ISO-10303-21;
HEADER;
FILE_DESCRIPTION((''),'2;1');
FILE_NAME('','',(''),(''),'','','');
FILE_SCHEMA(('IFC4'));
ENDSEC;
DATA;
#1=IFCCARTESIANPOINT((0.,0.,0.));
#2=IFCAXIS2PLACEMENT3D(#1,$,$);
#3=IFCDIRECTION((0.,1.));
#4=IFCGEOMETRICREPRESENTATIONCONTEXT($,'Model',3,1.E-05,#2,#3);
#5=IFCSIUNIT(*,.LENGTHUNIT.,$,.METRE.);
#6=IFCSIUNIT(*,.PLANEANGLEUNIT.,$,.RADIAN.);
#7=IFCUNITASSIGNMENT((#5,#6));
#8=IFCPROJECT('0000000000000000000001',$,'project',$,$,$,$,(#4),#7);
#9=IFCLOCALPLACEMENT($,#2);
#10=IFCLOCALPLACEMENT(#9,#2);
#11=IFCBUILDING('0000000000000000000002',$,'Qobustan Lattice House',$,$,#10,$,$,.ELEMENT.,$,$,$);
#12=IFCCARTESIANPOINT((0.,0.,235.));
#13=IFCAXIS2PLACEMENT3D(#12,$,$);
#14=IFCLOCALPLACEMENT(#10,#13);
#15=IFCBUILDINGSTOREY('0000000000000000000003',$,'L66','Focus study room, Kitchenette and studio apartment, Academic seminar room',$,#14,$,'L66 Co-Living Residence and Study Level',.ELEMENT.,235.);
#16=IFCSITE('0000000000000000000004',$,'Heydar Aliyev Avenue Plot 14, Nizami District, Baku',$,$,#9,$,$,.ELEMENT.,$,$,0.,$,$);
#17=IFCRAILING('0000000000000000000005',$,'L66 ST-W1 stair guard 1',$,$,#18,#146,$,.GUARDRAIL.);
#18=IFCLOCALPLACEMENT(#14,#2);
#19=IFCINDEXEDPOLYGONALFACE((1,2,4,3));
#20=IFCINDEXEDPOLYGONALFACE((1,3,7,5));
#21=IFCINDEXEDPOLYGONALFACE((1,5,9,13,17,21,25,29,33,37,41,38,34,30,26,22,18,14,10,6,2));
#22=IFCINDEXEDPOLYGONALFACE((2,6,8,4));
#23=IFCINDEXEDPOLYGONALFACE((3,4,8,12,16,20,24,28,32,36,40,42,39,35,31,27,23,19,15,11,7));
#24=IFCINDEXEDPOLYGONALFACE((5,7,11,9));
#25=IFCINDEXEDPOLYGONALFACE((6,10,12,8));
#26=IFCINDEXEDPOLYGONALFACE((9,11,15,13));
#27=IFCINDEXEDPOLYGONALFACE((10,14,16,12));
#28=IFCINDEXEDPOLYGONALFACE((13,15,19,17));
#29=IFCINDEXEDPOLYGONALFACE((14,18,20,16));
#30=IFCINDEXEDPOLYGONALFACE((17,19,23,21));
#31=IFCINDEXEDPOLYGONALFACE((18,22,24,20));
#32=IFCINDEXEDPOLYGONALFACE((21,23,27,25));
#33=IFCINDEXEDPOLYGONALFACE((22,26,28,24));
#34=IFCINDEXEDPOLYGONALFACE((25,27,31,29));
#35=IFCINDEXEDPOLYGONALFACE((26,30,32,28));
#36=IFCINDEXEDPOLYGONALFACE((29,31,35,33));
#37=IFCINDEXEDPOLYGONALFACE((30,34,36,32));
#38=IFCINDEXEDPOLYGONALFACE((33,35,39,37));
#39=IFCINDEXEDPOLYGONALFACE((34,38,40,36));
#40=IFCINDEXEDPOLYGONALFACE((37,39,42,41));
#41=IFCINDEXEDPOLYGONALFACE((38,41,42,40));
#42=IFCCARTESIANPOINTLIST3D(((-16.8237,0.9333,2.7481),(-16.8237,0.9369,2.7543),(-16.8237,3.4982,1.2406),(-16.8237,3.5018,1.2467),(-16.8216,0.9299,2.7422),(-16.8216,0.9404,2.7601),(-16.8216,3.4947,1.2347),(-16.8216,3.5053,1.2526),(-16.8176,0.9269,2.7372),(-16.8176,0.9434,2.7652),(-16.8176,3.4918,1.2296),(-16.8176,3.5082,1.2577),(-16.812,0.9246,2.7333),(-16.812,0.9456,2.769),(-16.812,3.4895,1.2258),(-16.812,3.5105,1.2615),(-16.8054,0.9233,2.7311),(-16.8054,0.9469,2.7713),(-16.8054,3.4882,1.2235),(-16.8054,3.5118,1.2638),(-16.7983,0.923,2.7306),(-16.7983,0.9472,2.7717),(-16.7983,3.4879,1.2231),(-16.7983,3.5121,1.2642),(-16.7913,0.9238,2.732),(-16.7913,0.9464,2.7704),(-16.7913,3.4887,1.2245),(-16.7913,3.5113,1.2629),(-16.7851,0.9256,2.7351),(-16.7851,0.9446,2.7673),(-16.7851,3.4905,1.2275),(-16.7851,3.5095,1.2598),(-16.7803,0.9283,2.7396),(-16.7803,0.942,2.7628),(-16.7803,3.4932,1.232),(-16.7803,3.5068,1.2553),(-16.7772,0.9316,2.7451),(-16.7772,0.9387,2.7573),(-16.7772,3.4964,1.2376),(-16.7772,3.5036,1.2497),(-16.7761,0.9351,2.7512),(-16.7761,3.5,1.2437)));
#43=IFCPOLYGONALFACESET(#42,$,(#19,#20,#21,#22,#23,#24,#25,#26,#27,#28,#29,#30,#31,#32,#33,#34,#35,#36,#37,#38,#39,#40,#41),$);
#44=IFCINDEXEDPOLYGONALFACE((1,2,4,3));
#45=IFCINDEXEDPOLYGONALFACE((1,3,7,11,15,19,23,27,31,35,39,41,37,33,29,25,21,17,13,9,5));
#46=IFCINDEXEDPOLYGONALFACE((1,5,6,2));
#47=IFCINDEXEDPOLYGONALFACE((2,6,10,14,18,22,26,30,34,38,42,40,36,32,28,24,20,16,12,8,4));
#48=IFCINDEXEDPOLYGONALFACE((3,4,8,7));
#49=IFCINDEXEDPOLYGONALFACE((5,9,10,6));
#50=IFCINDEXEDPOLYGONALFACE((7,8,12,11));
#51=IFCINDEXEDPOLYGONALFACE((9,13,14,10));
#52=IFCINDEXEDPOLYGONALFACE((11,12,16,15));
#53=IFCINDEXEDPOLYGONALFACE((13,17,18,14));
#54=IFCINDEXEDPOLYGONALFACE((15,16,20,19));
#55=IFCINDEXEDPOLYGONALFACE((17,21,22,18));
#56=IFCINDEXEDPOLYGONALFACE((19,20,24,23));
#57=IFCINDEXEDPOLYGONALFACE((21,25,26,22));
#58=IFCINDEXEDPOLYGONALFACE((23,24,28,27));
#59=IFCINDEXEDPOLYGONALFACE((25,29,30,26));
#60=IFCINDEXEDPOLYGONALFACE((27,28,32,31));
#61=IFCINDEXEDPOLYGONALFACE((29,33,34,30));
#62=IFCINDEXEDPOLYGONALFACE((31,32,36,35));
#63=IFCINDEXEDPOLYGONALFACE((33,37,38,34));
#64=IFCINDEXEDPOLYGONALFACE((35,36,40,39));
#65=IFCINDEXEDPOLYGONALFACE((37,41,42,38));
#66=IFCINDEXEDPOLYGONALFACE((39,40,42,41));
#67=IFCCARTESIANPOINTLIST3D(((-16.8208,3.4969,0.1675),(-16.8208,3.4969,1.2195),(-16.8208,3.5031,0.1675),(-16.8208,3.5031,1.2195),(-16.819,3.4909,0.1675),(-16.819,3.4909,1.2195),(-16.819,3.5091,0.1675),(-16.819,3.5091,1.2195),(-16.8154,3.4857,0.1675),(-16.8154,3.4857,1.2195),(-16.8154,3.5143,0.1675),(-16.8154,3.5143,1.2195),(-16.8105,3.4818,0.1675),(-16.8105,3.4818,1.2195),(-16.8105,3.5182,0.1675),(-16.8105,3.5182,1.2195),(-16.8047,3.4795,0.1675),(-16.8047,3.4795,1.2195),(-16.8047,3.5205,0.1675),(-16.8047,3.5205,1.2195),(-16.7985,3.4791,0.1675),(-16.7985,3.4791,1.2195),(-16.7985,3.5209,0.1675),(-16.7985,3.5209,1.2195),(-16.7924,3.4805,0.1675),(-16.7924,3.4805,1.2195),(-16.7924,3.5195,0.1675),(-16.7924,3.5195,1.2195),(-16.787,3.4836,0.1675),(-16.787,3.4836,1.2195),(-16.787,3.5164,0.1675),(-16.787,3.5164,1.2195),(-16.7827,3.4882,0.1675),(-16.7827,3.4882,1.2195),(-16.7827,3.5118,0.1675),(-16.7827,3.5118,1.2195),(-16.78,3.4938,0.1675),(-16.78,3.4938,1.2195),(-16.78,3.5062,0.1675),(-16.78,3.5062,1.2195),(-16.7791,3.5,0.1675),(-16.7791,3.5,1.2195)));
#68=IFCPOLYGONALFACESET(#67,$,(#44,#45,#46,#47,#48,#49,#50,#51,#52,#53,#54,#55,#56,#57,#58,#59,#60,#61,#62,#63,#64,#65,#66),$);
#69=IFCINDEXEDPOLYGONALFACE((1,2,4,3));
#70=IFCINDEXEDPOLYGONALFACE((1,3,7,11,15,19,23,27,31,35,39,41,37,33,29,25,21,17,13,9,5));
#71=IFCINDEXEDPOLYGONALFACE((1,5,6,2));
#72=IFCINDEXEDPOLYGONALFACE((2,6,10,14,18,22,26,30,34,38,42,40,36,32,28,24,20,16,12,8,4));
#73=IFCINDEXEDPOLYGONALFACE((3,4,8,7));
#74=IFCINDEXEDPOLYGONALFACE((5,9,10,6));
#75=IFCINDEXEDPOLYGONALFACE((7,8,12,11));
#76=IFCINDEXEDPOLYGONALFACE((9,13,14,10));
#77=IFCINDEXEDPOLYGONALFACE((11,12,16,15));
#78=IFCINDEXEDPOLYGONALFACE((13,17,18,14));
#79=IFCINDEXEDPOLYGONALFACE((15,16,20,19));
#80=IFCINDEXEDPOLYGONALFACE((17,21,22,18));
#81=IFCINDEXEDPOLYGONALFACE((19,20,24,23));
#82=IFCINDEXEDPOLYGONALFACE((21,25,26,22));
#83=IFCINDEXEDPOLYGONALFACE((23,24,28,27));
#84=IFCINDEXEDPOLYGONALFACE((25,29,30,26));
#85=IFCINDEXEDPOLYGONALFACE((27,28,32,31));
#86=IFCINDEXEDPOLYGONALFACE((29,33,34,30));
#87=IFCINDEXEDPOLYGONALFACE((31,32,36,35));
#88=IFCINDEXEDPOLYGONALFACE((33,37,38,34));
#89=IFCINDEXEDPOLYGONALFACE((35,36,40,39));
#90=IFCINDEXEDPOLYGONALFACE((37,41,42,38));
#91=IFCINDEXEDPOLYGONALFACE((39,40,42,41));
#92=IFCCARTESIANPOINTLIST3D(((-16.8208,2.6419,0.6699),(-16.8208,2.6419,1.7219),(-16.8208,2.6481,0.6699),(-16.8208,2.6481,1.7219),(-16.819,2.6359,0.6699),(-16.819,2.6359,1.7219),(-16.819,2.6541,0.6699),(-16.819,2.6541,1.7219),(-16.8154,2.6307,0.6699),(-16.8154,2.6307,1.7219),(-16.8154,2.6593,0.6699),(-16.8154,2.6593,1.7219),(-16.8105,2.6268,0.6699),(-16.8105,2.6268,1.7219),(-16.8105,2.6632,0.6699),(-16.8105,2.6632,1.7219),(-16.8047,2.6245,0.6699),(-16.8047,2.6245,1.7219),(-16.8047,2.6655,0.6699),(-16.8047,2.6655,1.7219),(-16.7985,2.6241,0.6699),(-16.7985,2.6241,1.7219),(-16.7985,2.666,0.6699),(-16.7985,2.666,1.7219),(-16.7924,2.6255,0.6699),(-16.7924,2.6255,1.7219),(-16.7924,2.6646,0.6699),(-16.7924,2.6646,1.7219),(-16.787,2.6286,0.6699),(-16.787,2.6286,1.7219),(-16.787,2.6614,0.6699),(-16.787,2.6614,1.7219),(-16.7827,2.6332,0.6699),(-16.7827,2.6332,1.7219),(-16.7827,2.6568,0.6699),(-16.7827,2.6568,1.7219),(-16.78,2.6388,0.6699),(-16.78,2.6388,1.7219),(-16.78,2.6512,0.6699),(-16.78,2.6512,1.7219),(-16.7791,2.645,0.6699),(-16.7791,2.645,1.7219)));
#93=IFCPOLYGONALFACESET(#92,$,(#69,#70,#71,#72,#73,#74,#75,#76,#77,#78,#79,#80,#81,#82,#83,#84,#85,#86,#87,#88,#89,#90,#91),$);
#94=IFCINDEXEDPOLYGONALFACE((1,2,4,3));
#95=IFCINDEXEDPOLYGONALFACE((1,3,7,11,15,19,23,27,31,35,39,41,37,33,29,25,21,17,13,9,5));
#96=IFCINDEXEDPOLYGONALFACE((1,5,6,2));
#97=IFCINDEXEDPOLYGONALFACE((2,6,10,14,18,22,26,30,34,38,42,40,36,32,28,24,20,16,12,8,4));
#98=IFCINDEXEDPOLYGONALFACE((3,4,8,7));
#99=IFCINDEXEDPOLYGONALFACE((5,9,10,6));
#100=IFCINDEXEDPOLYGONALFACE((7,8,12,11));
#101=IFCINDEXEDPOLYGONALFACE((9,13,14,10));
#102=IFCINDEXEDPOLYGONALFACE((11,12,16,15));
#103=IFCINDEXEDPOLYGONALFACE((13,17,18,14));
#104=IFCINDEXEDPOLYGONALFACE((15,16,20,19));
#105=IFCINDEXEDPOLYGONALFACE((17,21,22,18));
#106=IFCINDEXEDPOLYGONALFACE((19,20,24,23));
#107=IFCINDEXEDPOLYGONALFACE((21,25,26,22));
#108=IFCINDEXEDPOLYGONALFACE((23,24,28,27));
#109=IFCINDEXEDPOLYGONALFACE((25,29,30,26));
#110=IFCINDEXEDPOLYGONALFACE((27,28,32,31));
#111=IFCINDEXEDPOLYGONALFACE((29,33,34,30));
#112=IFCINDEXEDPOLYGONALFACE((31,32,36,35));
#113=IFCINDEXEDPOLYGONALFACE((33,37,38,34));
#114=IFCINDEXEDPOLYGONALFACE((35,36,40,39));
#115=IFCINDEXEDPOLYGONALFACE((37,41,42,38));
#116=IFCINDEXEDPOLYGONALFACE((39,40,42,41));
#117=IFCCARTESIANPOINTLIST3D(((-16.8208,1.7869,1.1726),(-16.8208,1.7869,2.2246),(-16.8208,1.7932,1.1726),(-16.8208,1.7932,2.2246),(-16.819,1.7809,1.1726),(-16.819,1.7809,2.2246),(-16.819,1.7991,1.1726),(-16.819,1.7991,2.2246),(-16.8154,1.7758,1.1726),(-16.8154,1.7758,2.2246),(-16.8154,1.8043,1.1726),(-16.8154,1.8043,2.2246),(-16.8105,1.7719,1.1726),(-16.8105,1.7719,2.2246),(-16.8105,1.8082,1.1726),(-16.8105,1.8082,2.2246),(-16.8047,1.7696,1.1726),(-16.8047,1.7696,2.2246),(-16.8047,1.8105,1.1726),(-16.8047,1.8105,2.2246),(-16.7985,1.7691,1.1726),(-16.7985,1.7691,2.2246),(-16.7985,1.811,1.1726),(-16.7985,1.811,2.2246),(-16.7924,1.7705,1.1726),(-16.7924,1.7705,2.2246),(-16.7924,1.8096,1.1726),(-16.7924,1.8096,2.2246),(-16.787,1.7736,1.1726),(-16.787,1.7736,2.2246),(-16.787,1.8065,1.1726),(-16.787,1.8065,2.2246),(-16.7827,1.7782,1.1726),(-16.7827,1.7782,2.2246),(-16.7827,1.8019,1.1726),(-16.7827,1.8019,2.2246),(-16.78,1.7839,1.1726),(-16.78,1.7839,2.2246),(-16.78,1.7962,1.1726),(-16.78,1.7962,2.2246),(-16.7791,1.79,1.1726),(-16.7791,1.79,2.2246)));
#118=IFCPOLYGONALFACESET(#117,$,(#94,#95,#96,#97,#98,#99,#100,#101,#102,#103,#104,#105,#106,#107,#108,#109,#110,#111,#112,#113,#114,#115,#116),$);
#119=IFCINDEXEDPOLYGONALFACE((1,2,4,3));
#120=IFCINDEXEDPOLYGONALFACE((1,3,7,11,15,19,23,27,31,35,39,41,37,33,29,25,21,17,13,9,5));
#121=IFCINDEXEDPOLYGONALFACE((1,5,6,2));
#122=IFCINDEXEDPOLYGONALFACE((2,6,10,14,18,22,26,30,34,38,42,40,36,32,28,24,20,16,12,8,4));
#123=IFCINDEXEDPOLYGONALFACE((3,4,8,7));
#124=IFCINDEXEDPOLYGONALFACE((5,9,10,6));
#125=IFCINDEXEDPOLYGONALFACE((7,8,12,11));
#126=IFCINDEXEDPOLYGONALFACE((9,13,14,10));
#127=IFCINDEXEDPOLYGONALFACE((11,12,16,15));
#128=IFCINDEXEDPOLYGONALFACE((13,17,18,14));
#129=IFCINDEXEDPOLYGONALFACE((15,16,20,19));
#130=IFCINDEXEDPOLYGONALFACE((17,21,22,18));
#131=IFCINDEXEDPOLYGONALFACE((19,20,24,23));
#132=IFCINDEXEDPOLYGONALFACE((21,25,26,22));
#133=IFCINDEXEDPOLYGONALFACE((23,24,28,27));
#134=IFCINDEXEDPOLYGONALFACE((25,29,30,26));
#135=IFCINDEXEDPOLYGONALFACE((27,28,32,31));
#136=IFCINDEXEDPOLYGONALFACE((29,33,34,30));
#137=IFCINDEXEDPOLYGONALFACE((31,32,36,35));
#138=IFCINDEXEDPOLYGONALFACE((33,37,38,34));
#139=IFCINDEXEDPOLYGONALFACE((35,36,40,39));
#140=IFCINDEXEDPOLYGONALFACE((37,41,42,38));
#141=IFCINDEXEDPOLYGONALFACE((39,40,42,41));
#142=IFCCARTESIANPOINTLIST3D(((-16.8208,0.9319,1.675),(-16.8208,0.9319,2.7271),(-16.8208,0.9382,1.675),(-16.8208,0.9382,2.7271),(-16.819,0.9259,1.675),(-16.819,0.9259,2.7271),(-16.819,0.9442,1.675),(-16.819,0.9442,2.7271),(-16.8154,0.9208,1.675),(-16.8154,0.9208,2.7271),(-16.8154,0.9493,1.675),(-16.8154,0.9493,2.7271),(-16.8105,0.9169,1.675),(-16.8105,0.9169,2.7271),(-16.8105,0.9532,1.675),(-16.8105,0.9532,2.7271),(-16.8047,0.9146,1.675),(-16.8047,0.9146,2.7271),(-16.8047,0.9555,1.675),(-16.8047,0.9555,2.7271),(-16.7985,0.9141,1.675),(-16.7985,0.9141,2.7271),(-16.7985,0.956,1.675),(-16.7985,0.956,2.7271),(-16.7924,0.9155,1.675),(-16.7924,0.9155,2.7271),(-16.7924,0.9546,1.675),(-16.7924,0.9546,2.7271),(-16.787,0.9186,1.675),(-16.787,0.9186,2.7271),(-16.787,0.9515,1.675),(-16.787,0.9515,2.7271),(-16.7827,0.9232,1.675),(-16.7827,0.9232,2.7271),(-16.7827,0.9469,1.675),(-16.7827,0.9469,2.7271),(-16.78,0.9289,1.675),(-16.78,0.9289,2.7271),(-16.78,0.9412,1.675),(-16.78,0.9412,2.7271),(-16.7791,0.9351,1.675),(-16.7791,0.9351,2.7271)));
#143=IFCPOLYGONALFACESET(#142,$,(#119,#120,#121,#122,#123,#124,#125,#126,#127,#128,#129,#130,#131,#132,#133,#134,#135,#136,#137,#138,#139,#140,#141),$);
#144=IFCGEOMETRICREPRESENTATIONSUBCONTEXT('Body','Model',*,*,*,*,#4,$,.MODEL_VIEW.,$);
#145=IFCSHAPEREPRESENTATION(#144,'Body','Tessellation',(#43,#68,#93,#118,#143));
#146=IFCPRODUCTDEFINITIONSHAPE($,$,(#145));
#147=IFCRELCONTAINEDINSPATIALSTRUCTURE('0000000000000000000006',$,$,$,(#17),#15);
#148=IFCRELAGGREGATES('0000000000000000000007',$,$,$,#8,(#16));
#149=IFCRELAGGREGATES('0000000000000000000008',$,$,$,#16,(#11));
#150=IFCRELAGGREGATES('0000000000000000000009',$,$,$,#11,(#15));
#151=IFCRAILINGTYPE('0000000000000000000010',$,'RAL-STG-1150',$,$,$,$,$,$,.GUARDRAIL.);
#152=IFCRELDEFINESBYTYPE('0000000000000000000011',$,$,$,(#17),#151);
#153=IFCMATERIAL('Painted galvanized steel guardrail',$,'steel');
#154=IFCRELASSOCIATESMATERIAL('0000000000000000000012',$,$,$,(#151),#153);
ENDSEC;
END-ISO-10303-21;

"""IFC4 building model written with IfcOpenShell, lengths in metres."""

from ifc_helpers import new_model, si_unit, direction, frame, origin, origin_2d, place, context, subcontext, project, spatial, circle, extrude, material, type_object, element, save


model = new_model("IFC4")

# Units and contexts
model_context = context("Model", 3, precision=1e-05, world=origin(), true_north=direction((0.0, 1.0)))
body_context = subcontext(model_context, "Body", "Model", "MODEL_VIEW")
ifc_project = project(units=[si_unit("LENGTHUNIT", "METRE"), si_unit("PLANEANGLEUNIT", "RADIAN")], contexts=[model_context])

# Site, building, storey
site_placement = place(None, origin())
site = spatial("IfcSite", under=ifc_project, at=site_placement, Name="Heydar Aliyev Avenue Plot 14, Nizami District, Baku", CompositionType="ELEMENT", RefElevation=0.0)
building_placement = place(site_placement, origin())
building = spatial("IfcBuilding", under=site, at=building_placement, Name="Qobustan Lattice House", CompositionType="ELEMENT")
storey_placement = place(building_placement, frame((0.0, 0.0, 235.0)))
storey = spatial("IfcBuildingStorey", under=building, at=storey_placement, Name="L66", Description="Focus study room, Kitchenette and studio apartment, Academic seminar room", LongName="L66 Co-Living Residence and Study Level", CompositionType="ELEMENT", Elevation=235.0)

# Railing
ifc_material_1 = material(Name="Painted galvanized steel guardrail", Category="steel")
railing_type = type_object("IfcRailingType", Name="RAL-STG-1150", PredefinedType="GUARDRAIL", material=ifc_material_1)
railing_1_placement = place(storey_placement, frame((-16.8, 3.5, 0.1675)))
element("IfcRailing", 1, at=railing_1_placement, inside=storey, type_object=railing_type, Name="L66 ST-W1 stair guard 1", PredefinedType="GUARDRAIL", context=body_context, shape_type="SweptSolid", body=[
    extrude(circle(Radius=0.0239, at=origin_2d()), frame((0.0, 0.0, 1.0762), z_axis=(0.0, -0.862113, 0.506715), x_axis=(1.0, 0.0, 0.0)), (0.0, 0.0, 1.0), 2.9751),
    extrude(circle(Radius=0.021, at=origin_2d()), origin(), (0.0, 0.0, 1.0), 1.052),
    extrude(circle(Radius=0.021, at=origin_2d()), frame((0.0, -0.855, 0.5024)), (0.0, 0.0, 1.0), 1.052),
    extrude(circle(Radius=0.021, at=origin_2d()), frame((0.0, -1.71, 1.0051)), (0.0, 0.0, 1.0), 1.052),
    extrude(circle(Radius=0.021, at=origin_2d()), frame((0.0, -2.5649, 1.5076)), (0.0, 0.0, 1.0), 1.052),
])

save(model, "model.ifc")
